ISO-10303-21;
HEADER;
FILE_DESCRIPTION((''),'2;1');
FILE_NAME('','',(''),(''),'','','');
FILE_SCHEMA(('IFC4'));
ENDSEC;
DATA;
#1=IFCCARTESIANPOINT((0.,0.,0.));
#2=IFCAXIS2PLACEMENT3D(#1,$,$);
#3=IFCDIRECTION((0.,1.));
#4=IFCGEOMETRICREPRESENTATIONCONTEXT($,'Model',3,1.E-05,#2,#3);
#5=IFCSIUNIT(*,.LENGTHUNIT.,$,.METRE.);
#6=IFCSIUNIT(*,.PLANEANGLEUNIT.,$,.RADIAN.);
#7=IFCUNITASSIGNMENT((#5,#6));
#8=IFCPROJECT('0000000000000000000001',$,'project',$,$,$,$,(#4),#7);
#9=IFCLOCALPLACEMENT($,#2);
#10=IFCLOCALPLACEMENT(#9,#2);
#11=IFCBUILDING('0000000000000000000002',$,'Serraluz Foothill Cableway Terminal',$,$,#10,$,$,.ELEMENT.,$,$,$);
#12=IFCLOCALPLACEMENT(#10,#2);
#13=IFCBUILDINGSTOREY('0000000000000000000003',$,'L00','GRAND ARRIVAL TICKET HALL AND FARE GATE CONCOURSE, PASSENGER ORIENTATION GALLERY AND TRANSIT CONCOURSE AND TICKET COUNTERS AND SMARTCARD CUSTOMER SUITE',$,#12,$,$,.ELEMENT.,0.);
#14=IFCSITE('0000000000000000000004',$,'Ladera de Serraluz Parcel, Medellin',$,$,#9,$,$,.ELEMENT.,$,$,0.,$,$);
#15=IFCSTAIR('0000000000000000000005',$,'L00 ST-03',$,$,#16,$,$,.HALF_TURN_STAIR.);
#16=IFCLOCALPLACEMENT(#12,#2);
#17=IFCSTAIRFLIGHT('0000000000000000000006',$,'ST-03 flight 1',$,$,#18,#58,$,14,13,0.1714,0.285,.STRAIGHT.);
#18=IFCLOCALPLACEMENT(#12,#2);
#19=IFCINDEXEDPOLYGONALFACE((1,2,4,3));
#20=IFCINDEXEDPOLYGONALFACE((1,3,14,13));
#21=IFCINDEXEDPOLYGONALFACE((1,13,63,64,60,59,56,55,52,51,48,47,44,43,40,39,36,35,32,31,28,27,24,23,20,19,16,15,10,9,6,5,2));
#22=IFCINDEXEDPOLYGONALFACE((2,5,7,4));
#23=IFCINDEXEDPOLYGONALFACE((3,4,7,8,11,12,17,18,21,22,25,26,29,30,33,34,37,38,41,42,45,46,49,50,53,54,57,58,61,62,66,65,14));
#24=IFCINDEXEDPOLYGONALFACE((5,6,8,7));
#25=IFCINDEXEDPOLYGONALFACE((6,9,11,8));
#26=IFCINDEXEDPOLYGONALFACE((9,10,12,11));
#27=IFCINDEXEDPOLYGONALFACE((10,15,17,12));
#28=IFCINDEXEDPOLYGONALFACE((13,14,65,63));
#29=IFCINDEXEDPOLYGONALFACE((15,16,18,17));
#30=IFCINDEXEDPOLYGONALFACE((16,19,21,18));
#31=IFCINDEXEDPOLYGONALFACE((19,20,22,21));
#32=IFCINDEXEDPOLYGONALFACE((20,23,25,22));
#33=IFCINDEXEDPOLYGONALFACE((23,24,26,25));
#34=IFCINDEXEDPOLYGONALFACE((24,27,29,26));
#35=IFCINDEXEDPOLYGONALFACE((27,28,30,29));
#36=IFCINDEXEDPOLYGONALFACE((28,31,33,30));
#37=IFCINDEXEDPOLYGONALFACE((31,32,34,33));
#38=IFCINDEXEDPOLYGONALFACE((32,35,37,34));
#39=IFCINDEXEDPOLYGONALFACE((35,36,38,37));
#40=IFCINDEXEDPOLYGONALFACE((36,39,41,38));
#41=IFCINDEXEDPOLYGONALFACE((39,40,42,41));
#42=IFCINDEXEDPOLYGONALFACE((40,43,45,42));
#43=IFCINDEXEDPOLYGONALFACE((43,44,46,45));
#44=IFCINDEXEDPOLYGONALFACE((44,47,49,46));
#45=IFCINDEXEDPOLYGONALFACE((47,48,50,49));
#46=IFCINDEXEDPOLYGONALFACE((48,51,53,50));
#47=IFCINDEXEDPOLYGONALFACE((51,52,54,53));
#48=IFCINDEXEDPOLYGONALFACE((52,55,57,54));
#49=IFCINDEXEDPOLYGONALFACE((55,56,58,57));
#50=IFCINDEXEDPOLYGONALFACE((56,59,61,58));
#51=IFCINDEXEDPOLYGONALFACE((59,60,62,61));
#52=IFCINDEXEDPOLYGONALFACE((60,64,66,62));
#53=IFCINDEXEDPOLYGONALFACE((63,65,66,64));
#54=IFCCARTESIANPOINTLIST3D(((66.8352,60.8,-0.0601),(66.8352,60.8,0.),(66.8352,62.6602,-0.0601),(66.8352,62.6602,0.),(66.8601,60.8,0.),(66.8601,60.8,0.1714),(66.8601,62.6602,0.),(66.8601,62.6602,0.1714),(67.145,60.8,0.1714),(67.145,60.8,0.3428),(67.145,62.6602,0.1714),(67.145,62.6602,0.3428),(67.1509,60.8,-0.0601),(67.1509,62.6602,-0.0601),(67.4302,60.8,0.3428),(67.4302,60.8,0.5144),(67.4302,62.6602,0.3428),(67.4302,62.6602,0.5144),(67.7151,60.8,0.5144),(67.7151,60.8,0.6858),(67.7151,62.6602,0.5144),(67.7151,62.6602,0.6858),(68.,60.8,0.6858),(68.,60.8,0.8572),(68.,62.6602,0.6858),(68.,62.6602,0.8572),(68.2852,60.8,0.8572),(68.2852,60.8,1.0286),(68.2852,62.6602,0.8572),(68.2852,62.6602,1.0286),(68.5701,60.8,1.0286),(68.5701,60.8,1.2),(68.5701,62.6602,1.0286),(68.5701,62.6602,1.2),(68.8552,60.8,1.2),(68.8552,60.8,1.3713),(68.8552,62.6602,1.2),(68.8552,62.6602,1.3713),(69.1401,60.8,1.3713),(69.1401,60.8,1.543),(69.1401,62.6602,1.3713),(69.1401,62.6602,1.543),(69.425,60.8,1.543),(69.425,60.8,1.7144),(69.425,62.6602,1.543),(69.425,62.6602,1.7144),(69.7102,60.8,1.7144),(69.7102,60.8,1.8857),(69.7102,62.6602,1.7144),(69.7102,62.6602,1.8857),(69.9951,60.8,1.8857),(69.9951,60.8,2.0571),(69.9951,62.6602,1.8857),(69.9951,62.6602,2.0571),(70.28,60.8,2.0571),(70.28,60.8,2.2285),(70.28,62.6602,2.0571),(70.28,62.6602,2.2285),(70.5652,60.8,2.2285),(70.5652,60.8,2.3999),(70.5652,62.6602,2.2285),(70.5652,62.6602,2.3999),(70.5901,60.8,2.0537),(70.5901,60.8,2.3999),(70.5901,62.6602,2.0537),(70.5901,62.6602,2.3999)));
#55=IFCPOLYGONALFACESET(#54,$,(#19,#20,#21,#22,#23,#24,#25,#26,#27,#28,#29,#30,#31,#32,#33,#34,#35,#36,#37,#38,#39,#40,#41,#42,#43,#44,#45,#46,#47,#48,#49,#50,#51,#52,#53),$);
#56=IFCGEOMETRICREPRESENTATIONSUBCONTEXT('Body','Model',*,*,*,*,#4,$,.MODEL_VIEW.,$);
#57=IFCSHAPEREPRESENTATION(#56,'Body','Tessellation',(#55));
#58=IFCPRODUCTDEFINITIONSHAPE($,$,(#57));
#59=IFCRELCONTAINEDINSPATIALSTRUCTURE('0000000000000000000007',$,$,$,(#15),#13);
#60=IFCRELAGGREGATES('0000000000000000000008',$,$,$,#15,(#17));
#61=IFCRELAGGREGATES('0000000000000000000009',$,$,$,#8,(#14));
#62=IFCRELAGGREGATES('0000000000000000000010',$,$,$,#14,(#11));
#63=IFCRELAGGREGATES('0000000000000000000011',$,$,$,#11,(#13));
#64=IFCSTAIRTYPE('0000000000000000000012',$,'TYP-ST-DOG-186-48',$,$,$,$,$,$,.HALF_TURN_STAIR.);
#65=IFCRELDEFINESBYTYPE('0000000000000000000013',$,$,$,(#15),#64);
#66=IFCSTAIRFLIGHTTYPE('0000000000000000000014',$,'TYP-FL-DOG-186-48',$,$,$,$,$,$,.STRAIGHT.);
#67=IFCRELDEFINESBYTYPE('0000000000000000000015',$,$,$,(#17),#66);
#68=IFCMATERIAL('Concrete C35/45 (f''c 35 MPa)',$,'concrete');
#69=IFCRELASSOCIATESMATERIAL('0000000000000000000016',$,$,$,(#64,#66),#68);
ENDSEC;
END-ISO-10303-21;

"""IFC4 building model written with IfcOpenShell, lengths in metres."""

from ifc_helpers import new_model, si_unit, direction, frame, origin, place, context, subcontext, project, spatial, polyline, outline, extrude, material, type_object, element, aggregate, save


model = new_model("IFC4")

# Units and contexts
model_context = context("Model", 3, precision=1e-05, world=origin(), true_north=direction((0.0, 1.0)))
body_context = subcontext(model_context, "Body", "Model", "MODEL_VIEW")
ifc_project = project(units=[si_unit("LENGTHUNIT", "METRE"), si_unit("PLANEANGLEUNIT", "RADIAN")], contexts=[model_context])

# Site, building, storey
site_placement = place(None, origin())
site = spatial("IfcSite", under=ifc_project, at=site_placement, Name="Ladera de Serraluz Parcel, Medellin", CompositionType="ELEMENT", RefElevation=0.0)
building_placement = place(site_placement, origin())
building = spatial("IfcBuilding", under=site, at=building_placement, Name="Serraluz Foothill Cableway Terminal", CompositionType="ELEMENT")
storey_placement = place(building_placement, origin())
storey = spatial("IfcBuildingStorey", under=building, at=storey_placement, Name="L00", Description="GRAND ARRIVAL TICKET HALL AND FARE GATE CONCOURSE, PASSENGER ORIENTATION GALLERY AND TRANSIT CONCOURSE AND TICKET COUNTERS AND SMARTCARD CUSTOMER SUITE", CompositionType="ELEMENT", Elevation=0.0)

# Shared definitions
ifc_material_1 = material(Name="Concrete C35/45 (f'c 35 MPa)", Category="concrete")

# Stair, stair flight
stair_type = type_object("IfcStairType", Name="TYP-ST-DOG-186-48", PredefinedType="HALF_TURN_STAIR", material=ifc_material_1)
stair_placement = place(storey_placement, origin())
stair = element("IfcStair", 1, at=stair_placement, inside=storey, type_object=stair_type, Name="L00 ST-03", PredefinedType="HALF_TURN_STAIR")
stair_flight_type = type_object("IfcStairFlightType", Name="TYP-FL-DOG-186-48", PredefinedType="STRAIGHT", material=ifc_material_1)
stair_flight_placement = place(storey_placement, frame((66.8601, 61.73, 0.0), z_axis=(0.0, 0.0, 1.0), x_axis=(1.0, 0.0, 0.0)))
stair_flight = element("IfcStairFlight", 2, at=stair_flight_placement, type_object=stair_flight_type, Name="ST-03 flight 1", NumberOfRisers=14, NumberOfTreads=13, PredefinedType="STRAIGHT", RiserHeight=0.1714, TreadLength=0.285, context=body_context, shape_type="SweptSolid", body=[
    extrude(outline(polyline([(-0.0249, -0.0601), (-0.0249, 0.0), (0.0, 0.0), (0.0, 0.1714), (0.2849, 0.1714), (0.2849, 0.3428), (0.5701, 0.3428), (0.5701, 0.5144), (0.855, 0.5144), (0.855, 0.6858), (1.1399, 0.6858), (1.1399, 0.8572), (1.425, 0.8572), (1.425, 1.0286), (1.71, 1.0286), (1.71, 1.2), (1.9951, 1.2), (1.9951, 1.3713), (2.28, 1.3713), (2.28, 1.543), (2.5649, 1.543), (2.5649, 1.7144), (2.8501, 1.7144), (2.8501, 1.8857), (3.135, 1.8857), (3.135, 2.0571), (3.4199, 2.0571), (3.4199, 2.2285), (3.7051, 2.2285), (3.7051, 2.3999), (3.73, 2.3999), (3.73, 2.0537), (0.2908, -0.0601), (-0.0249, -0.0601)])), frame((0.0, 0.9302, 0.0), z_axis=(0.0, -1.0, 0.0), x_axis=(1.0, 0.0, 0.0)), (0.0, 0.0, 1.0), 1.8601),
])
aggregate(stair, [stair_flight])

save(model, "model.ifc")
